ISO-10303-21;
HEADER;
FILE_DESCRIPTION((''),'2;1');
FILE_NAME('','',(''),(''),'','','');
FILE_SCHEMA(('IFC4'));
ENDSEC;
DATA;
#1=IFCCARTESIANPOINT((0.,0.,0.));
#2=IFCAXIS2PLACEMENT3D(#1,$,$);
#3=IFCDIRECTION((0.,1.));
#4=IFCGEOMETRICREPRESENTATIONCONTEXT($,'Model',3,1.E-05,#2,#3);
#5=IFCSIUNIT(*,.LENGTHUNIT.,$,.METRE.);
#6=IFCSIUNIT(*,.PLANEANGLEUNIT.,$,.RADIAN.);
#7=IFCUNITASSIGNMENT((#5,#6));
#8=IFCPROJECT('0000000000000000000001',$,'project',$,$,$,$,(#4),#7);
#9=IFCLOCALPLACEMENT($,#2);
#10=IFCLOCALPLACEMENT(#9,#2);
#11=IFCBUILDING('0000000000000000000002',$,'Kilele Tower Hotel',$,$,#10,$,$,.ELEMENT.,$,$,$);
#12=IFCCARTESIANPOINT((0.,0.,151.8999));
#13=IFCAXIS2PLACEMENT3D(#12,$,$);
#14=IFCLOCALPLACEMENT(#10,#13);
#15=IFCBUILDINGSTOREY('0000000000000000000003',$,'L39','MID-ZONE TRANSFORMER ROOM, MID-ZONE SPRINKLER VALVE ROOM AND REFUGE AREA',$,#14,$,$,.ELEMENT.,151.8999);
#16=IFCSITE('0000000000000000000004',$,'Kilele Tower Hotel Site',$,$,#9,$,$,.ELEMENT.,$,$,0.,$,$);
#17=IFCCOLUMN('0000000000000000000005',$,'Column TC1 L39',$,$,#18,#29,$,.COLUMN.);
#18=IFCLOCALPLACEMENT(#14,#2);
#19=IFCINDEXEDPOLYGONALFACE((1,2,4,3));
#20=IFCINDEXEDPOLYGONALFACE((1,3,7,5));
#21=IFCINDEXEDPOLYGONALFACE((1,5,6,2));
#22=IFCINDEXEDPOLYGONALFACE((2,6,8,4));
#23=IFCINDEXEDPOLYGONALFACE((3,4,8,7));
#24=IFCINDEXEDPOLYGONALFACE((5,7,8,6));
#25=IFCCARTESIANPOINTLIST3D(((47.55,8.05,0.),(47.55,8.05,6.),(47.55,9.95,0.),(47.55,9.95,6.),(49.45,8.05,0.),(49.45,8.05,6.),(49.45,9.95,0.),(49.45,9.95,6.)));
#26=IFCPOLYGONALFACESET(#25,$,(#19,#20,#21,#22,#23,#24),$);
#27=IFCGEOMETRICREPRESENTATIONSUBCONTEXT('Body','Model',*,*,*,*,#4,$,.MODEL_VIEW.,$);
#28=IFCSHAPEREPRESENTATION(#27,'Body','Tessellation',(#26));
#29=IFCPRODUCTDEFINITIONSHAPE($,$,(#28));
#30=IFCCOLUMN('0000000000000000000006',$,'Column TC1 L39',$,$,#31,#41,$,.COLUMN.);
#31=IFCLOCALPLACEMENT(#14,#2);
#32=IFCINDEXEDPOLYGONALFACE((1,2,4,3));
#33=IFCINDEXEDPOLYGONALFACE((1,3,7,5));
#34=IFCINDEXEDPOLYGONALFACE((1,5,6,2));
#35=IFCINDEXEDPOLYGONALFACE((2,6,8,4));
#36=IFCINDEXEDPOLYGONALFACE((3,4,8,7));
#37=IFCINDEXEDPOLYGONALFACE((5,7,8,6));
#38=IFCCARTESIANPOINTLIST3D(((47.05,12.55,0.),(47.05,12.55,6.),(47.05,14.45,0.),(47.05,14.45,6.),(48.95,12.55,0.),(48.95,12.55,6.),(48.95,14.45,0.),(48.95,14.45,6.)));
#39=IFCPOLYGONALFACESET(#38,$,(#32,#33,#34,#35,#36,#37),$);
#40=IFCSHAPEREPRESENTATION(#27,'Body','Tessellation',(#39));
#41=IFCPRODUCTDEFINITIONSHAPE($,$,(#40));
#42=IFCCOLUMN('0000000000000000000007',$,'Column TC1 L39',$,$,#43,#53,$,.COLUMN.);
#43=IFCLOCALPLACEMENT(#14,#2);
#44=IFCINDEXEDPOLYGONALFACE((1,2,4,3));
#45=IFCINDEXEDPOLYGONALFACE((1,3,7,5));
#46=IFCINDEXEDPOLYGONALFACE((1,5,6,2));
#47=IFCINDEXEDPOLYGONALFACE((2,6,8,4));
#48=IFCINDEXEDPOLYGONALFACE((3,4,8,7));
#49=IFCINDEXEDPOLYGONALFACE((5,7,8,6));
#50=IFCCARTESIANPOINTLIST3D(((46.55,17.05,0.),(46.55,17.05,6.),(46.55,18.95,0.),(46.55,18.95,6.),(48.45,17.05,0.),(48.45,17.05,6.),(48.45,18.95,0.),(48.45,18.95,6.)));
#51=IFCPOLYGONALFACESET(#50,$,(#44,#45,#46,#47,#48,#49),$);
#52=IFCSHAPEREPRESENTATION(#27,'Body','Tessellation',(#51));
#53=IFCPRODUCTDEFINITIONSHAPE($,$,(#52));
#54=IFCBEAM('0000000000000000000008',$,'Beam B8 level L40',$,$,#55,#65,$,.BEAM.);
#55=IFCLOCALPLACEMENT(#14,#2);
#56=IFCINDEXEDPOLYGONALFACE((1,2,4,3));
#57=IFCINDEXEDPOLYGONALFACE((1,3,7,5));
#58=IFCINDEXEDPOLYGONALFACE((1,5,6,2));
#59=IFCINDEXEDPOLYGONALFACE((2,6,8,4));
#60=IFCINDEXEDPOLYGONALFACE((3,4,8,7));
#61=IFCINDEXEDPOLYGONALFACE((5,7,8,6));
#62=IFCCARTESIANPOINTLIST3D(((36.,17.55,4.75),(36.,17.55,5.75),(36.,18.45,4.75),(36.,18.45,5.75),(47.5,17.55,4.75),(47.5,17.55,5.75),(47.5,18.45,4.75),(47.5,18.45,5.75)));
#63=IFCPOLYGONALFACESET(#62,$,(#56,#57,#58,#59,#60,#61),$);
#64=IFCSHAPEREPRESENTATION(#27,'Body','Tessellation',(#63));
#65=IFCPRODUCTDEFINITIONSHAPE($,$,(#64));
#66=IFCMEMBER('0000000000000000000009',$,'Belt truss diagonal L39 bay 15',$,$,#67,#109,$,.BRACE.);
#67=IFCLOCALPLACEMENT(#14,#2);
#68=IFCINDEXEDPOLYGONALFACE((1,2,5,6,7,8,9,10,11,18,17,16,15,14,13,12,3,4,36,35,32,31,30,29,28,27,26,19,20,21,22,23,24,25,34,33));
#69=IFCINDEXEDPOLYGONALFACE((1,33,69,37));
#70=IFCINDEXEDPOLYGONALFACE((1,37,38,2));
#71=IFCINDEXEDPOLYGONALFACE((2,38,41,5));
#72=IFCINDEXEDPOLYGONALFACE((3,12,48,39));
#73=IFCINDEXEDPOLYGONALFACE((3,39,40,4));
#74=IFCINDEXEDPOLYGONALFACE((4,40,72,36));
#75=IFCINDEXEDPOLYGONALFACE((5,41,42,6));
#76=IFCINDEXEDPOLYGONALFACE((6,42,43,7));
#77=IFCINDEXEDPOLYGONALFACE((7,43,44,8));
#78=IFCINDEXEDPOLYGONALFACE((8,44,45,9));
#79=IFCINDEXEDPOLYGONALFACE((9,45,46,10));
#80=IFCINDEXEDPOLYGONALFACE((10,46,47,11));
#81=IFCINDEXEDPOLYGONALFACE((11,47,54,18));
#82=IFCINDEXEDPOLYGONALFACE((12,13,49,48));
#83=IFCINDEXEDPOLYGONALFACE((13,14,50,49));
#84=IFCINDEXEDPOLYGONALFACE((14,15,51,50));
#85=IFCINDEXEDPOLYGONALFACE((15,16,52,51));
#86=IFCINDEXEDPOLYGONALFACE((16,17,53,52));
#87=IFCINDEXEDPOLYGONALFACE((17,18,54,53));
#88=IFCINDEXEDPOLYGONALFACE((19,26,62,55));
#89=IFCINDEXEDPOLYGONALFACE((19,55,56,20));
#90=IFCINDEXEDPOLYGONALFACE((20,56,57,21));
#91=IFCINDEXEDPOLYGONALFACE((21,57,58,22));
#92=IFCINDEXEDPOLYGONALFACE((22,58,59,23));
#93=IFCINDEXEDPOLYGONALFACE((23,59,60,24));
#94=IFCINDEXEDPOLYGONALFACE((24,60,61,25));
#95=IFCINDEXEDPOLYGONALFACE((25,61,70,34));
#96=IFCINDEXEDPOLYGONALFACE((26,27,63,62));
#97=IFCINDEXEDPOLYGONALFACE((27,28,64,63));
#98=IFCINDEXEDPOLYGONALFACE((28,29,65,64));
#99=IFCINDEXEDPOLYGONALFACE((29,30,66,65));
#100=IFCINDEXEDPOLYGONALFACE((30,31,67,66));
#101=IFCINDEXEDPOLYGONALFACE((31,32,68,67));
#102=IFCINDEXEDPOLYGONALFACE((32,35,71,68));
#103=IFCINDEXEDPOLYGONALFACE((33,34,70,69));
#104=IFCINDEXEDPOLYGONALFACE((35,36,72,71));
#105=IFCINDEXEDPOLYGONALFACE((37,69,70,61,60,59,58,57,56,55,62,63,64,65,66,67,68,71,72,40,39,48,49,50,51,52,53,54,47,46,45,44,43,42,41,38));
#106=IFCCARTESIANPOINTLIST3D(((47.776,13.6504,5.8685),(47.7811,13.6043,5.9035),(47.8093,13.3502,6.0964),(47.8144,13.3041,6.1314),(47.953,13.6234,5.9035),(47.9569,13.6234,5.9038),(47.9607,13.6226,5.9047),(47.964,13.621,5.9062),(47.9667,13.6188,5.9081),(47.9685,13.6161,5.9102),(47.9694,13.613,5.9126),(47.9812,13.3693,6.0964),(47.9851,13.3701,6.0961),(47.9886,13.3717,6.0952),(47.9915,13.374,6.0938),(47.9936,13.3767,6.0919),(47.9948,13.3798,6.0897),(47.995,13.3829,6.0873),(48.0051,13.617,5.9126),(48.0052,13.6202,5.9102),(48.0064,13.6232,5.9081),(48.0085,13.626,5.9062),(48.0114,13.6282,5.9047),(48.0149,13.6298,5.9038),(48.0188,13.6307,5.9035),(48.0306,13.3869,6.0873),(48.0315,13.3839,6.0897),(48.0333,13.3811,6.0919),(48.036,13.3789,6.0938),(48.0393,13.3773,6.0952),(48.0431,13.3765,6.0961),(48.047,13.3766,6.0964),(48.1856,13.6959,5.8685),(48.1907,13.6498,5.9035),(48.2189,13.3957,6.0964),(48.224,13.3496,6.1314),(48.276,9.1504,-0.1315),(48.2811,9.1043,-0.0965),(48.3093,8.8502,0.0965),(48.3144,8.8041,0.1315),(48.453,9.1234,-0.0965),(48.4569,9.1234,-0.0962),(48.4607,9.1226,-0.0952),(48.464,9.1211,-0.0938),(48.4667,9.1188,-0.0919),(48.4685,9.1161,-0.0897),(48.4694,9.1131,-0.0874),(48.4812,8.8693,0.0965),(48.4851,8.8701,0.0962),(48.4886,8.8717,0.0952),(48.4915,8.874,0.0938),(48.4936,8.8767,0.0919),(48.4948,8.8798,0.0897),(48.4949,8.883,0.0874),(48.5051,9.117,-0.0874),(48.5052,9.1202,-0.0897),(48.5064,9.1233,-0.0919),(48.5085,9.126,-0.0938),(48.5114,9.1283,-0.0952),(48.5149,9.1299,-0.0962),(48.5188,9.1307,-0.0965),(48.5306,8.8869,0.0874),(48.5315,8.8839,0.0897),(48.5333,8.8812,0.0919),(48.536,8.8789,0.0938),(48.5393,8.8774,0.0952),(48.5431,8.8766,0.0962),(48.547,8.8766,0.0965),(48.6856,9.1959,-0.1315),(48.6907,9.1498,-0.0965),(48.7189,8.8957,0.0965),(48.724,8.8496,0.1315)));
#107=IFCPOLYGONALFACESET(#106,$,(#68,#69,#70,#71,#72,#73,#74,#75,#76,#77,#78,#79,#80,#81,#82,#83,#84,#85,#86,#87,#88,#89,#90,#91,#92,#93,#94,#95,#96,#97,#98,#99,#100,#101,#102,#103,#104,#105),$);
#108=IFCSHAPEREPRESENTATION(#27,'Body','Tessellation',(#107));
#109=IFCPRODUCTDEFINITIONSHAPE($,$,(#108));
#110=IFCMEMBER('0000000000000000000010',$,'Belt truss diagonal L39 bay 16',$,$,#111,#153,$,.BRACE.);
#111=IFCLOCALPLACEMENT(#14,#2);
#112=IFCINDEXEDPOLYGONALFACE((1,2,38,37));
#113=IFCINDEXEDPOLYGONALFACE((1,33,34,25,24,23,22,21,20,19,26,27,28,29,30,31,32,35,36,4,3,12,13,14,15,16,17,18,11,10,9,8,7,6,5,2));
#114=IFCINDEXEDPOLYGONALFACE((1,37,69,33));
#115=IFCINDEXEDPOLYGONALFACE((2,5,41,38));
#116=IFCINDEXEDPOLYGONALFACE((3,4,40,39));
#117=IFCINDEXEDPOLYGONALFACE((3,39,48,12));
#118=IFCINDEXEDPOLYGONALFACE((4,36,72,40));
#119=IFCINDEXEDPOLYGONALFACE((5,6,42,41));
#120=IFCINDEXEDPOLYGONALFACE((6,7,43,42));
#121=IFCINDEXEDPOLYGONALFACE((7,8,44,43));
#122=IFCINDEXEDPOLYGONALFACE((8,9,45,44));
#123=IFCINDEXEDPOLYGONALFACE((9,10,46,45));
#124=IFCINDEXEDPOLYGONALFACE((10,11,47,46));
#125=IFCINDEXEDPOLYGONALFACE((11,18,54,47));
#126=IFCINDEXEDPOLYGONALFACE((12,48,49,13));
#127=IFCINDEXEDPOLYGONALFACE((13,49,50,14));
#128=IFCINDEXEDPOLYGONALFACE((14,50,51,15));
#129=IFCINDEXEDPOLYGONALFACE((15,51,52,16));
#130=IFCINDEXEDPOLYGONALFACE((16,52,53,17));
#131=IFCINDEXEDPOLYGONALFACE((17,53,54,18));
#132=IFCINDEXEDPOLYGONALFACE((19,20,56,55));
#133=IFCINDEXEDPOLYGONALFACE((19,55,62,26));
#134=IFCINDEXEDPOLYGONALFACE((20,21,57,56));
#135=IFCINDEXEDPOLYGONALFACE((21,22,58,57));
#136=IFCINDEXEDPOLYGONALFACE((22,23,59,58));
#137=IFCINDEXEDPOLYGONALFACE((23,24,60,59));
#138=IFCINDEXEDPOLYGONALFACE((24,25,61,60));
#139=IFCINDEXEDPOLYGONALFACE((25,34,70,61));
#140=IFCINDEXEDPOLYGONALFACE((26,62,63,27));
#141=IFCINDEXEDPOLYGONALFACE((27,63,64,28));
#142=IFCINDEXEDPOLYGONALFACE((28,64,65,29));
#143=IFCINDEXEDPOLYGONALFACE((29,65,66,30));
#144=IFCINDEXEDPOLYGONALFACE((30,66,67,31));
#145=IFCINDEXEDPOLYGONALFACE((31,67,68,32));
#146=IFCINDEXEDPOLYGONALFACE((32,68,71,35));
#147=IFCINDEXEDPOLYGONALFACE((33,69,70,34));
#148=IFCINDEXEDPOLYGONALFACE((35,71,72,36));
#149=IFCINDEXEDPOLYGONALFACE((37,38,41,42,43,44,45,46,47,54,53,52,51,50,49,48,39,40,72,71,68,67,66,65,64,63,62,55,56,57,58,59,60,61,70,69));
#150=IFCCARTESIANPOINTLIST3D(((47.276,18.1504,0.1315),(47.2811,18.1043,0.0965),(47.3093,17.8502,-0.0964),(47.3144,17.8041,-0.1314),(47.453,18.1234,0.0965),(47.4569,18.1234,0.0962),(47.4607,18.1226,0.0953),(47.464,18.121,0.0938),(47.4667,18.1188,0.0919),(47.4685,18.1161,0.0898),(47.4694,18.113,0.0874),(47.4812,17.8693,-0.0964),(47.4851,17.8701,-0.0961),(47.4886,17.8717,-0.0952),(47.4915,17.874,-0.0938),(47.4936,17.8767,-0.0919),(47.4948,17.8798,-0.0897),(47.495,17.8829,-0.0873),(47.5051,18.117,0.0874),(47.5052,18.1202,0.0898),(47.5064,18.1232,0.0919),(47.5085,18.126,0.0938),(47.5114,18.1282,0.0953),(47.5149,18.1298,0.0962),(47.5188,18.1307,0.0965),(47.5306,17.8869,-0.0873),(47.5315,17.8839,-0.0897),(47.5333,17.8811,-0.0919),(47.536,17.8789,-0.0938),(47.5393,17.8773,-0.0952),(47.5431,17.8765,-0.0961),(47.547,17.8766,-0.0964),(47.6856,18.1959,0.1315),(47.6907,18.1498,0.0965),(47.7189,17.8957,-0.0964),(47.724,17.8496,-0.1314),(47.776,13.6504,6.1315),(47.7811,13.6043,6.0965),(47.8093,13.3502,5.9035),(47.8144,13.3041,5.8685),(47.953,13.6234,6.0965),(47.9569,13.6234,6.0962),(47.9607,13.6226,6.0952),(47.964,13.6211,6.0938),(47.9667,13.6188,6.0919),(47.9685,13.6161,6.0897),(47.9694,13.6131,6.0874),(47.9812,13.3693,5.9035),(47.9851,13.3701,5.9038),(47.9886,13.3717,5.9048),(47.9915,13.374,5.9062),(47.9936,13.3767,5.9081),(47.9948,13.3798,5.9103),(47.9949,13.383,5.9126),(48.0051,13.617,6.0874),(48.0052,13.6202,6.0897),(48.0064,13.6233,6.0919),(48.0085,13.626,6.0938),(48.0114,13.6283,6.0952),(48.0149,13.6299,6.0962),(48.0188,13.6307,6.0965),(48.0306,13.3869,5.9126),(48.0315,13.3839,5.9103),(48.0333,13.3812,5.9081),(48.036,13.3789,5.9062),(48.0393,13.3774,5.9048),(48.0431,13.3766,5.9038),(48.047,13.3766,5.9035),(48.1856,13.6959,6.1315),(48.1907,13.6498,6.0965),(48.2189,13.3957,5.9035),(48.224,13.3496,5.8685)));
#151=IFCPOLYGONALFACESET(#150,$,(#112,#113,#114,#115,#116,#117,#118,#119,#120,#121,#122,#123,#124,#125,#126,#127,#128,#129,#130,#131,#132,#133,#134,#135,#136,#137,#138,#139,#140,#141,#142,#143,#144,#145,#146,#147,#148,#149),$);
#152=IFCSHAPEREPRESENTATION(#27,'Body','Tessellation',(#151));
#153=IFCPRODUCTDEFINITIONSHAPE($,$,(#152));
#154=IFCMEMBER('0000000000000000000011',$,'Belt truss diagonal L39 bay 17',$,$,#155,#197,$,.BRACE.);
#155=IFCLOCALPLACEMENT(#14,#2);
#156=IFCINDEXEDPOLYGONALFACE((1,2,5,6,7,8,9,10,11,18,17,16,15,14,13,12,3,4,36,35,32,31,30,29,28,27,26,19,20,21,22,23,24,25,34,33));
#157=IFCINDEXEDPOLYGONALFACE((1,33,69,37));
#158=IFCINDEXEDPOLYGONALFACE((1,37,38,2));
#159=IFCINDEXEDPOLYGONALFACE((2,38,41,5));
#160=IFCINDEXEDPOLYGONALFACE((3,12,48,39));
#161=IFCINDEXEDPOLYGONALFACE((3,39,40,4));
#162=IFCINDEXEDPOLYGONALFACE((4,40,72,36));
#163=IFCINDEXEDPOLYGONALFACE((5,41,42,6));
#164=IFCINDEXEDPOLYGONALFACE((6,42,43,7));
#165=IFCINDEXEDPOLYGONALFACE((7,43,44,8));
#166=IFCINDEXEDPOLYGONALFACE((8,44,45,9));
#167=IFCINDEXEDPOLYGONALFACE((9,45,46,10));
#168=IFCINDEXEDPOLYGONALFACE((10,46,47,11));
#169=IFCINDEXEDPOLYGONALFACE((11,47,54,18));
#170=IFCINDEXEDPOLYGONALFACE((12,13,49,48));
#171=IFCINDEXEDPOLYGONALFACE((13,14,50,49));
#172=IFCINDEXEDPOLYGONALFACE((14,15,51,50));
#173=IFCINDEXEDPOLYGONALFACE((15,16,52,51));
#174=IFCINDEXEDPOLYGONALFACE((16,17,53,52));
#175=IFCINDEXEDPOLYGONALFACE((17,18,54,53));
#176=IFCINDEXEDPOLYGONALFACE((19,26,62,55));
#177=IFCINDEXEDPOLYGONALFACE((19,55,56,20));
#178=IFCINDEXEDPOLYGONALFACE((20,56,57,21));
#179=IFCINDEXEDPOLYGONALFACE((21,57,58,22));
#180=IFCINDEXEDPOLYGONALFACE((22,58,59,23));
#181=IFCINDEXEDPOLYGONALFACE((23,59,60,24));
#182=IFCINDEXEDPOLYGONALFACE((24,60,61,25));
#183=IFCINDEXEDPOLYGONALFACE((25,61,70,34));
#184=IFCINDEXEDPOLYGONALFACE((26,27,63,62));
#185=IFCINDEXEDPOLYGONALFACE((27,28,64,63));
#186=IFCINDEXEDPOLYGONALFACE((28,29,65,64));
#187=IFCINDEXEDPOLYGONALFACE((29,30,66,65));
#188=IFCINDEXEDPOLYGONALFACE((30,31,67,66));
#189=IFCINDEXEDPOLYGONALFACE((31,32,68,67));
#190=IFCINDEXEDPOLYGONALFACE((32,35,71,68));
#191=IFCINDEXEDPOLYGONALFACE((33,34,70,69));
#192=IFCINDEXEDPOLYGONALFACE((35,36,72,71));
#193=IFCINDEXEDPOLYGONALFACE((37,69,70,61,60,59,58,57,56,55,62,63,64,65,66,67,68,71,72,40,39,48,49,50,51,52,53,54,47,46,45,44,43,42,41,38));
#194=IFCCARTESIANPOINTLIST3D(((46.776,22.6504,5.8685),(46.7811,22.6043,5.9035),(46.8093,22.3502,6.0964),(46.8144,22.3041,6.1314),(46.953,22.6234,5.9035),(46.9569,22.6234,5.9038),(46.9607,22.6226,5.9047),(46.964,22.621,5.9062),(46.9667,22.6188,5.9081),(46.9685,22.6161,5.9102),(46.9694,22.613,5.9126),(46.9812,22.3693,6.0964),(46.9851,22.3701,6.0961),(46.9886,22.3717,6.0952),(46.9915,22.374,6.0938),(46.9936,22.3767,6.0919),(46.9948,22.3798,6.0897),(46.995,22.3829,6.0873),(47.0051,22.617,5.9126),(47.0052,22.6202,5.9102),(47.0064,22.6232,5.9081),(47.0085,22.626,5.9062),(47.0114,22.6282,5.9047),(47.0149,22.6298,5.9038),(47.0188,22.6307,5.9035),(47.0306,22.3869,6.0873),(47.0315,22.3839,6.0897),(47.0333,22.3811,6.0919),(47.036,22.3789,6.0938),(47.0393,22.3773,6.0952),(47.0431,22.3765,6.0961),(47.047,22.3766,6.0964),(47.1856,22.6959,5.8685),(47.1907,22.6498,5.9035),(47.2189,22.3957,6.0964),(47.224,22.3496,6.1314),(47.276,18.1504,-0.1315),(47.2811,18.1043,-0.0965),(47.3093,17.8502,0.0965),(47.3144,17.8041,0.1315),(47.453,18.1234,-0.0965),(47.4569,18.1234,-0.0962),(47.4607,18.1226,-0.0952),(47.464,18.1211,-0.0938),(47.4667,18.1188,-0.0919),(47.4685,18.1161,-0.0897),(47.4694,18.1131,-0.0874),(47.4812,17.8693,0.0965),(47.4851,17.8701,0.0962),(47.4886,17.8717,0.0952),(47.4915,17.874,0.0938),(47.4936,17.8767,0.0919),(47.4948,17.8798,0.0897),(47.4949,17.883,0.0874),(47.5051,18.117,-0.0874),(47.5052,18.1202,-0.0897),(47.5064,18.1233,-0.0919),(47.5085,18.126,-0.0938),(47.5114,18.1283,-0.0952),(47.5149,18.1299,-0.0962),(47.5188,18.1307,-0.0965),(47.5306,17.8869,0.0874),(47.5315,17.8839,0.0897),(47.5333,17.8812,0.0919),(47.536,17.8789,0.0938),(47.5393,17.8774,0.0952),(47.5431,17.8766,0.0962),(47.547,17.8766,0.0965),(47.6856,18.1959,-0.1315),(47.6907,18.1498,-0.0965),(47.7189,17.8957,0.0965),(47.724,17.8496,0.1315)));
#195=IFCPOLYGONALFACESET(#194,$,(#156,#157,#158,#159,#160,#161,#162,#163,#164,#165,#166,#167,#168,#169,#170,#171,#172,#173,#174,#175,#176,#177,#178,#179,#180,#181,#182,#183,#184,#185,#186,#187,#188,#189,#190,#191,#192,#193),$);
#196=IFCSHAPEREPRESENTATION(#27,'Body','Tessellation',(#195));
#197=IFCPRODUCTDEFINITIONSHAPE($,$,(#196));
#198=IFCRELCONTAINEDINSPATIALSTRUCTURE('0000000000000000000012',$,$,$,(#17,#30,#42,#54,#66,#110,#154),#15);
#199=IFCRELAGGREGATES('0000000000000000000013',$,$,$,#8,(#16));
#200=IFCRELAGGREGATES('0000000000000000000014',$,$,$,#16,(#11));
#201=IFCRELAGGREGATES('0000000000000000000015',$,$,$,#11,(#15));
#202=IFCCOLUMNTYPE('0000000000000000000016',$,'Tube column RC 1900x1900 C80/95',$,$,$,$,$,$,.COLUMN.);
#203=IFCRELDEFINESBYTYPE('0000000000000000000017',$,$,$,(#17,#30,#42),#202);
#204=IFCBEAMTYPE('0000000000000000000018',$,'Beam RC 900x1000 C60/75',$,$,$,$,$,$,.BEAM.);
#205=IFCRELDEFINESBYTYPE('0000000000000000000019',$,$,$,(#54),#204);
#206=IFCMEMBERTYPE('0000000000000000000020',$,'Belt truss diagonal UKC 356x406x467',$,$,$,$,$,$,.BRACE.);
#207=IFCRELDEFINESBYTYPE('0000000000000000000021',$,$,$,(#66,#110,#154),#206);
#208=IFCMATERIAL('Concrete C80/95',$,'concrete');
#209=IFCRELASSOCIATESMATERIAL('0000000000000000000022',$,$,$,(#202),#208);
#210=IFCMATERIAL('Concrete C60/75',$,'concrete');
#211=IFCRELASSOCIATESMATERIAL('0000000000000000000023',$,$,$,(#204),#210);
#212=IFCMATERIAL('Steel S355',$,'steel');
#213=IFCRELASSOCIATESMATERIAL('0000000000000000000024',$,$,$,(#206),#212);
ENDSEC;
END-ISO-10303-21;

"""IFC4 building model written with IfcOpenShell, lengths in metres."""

from ifc_helpers import new_model, si_unit, direction, frame, origin, origin_2d, place, context, subcontext, project, spatial, rectangle, i_section, extrude, material, material_profile, profile_set, type_object, element, save


model = new_model("IFC4")

# Units and contexts
model_context = context("Model", 3, precision=1e-05, world=origin(), true_north=direction((0.0, 1.0)))
body_context = subcontext(model_context, "Body", "Model", "MODEL_VIEW")
ifc_project = project(units=[si_unit("LENGTHUNIT", "METRE"), si_unit("PLANEANGLEUNIT", "RADIAN")], contexts=[model_context])

# Site, building, storey
site_placement = place(None, origin())
site = spatial("IfcSite", under=ifc_project, at=site_placement, Name="Kilele Tower Hotel Site", CompositionType="ELEMENT", RefElevation=0.0)
building_placement = place(site_placement, origin())
building = spatial("IfcBuilding", under=site, at=building_placement, Name="Kilele Tower Hotel", CompositionType="ELEMENT")
storey_placement = place(building_placement, frame((0.0, 0.0, 151.8999)))
storey = spatial("IfcBuildingStorey", under=building, at=storey_placement, Name="L39", Description="MID-ZONE TRANSFORMER ROOM, MID-ZONE SPRINKLER VALVE ROOM AND REFUGE AREA", CompositionType="ELEMENT", Elevation=151.8999)

# Columns
ifc_material_1 = material(Name="Concrete C80/95", Category="concrete")
ifc_material_profile_1 = material_profile(ifc_material_1, rectangle(XDim=1.8999, YDim=1.8999, at=origin_2d()))
ifc_profile_set_1 = profile_set([ifc_material_profile_1], Name="Concrete C80/95")
column_type = type_object("IfcColumnType", Name="Tube column RC 1900x1900 C80/95", PredefinedType="COLUMN", material=ifc_profile_set_1)
for number, where, z_axis, x_axis, name in (
    (1, (48.5, 9.0, 0.0), (0.0, 0.0, 1.0), (1.0, 0.0, 0.0), "Column TC1 L39"),
    (2, (48.0, 13.5, 0.0), (0.0, 0.0, 1.0), (1.0, 0.0, 0.0), "Column TC1 L39"),
    (3, (47.5, 18.0, 0.0), (0.0, 0.0, 1.0), (1.0, 0.0, 0.0), "Column TC1 L39"),
):
    element("IfcColumn", number, at=place(storey_placement, frame(where, z_axis=z_axis, x_axis=x_axis)), inside=storey, type_object=column_type, Name=name, PredefinedType="COLUMN", context=body_context, shape_type="SweptSolid", body=[
        extrude(rectangle(XDim=1.8999, YDim=1.8999, at=origin_2d()), origin(), (0.0, 0.0, 1.0), 6.0),
    ])

# Beam
ifc_material_2 = material(Name="Concrete C60/75", Category="concrete")
ifc_material_profile_2 = material_profile(ifc_material_2, rectangle(XDim=0.8999, YDim=1.0, at=origin_2d()))
ifc_profile_set_2 = profile_set([ifc_material_profile_2], Name="Concrete C60/75")
beam_type_1 = type_object("IfcBeamType", Name="Beam RC 900x1000 C60/75", PredefinedType="BEAM", material=ifc_profile_set_2)
beam_1_placement = place(storey_placement, frame((47.5, 18.0, 5.25), z_axis=(-1.0, 0.0, 0.0), x_axis=(0.0, -1.0, 0.0)))
element("IfcBeam", 4, at=beam_1_placement, inside=storey, type_object=beam_type_1, Name="Beam B8 level L40", PredefinedType="BEAM", context=body_context, shape_type="SweptSolid", body=[
    extrude(rectangle(XDim=0.8999, YDim=1.0, at=origin_2d()), origin(), (0.0, 0.0, 1.0), 11.5),
])

# Members
ifc_material_3 = material(Name="Steel S355", Category="steel")
ifc_material_profile_3 = material_profile(ifc_material_3, i_section(OverallWidth=0.4121, OverallDepth=0.4365, WebThickness=0.0359, FlangeThickness=0.0581, FilletRadius=0.0151, at=origin_2d()))
ifc_profile_set_3 = profile_set([ifc_material_profile_3], Name="Steel S355")
member_type = type_object("IfcMemberType", Name="Belt truss diagonal UKC 356x406x467", PredefinedType="BRACE", material=ifc_profile_set_3)
for number, where, z_axis, x_axis, name in (
    (5, (48.5, 9.0, 0.0), (-0.066519, 0.598671, 0.798228), (-0.993884, -0.110432, 0.0), "Belt truss diagonal L39 bay 15"),
    (6, (48.0, 13.5, 6.0), (-0.066519, 0.598671, -0.798228), (-0.993884, -0.110432, 0.0), "Belt truss diagonal L39 bay 16"),
    (7, (47.5, 18.0, 0.0), (-0.066519, 0.598671, 0.798228), (-0.993884, -0.110432, 0.0), "Belt truss diagonal L39 bay 17"),
):
    element("IfcMember", number, at=place(storey_placement, frame(where, z_axis=z_axis, x_axis=x_axis)), inside=storey, type_object=member_type, Name=name, PredefinedType="BRACE", context=body_context, shape_type="SweptSolid", body=[
        extrude(i_section(OverallWidth=0.4121, OverallDepth=0.4365, WebThickness=0.0359, FlangeThickness=0.0581, FilletRadius=0.0151, at=origin_2d()), origin(), (0.0, 0.0, 1.0), 7.5166),
    ])

save(model, "model.ifc")
